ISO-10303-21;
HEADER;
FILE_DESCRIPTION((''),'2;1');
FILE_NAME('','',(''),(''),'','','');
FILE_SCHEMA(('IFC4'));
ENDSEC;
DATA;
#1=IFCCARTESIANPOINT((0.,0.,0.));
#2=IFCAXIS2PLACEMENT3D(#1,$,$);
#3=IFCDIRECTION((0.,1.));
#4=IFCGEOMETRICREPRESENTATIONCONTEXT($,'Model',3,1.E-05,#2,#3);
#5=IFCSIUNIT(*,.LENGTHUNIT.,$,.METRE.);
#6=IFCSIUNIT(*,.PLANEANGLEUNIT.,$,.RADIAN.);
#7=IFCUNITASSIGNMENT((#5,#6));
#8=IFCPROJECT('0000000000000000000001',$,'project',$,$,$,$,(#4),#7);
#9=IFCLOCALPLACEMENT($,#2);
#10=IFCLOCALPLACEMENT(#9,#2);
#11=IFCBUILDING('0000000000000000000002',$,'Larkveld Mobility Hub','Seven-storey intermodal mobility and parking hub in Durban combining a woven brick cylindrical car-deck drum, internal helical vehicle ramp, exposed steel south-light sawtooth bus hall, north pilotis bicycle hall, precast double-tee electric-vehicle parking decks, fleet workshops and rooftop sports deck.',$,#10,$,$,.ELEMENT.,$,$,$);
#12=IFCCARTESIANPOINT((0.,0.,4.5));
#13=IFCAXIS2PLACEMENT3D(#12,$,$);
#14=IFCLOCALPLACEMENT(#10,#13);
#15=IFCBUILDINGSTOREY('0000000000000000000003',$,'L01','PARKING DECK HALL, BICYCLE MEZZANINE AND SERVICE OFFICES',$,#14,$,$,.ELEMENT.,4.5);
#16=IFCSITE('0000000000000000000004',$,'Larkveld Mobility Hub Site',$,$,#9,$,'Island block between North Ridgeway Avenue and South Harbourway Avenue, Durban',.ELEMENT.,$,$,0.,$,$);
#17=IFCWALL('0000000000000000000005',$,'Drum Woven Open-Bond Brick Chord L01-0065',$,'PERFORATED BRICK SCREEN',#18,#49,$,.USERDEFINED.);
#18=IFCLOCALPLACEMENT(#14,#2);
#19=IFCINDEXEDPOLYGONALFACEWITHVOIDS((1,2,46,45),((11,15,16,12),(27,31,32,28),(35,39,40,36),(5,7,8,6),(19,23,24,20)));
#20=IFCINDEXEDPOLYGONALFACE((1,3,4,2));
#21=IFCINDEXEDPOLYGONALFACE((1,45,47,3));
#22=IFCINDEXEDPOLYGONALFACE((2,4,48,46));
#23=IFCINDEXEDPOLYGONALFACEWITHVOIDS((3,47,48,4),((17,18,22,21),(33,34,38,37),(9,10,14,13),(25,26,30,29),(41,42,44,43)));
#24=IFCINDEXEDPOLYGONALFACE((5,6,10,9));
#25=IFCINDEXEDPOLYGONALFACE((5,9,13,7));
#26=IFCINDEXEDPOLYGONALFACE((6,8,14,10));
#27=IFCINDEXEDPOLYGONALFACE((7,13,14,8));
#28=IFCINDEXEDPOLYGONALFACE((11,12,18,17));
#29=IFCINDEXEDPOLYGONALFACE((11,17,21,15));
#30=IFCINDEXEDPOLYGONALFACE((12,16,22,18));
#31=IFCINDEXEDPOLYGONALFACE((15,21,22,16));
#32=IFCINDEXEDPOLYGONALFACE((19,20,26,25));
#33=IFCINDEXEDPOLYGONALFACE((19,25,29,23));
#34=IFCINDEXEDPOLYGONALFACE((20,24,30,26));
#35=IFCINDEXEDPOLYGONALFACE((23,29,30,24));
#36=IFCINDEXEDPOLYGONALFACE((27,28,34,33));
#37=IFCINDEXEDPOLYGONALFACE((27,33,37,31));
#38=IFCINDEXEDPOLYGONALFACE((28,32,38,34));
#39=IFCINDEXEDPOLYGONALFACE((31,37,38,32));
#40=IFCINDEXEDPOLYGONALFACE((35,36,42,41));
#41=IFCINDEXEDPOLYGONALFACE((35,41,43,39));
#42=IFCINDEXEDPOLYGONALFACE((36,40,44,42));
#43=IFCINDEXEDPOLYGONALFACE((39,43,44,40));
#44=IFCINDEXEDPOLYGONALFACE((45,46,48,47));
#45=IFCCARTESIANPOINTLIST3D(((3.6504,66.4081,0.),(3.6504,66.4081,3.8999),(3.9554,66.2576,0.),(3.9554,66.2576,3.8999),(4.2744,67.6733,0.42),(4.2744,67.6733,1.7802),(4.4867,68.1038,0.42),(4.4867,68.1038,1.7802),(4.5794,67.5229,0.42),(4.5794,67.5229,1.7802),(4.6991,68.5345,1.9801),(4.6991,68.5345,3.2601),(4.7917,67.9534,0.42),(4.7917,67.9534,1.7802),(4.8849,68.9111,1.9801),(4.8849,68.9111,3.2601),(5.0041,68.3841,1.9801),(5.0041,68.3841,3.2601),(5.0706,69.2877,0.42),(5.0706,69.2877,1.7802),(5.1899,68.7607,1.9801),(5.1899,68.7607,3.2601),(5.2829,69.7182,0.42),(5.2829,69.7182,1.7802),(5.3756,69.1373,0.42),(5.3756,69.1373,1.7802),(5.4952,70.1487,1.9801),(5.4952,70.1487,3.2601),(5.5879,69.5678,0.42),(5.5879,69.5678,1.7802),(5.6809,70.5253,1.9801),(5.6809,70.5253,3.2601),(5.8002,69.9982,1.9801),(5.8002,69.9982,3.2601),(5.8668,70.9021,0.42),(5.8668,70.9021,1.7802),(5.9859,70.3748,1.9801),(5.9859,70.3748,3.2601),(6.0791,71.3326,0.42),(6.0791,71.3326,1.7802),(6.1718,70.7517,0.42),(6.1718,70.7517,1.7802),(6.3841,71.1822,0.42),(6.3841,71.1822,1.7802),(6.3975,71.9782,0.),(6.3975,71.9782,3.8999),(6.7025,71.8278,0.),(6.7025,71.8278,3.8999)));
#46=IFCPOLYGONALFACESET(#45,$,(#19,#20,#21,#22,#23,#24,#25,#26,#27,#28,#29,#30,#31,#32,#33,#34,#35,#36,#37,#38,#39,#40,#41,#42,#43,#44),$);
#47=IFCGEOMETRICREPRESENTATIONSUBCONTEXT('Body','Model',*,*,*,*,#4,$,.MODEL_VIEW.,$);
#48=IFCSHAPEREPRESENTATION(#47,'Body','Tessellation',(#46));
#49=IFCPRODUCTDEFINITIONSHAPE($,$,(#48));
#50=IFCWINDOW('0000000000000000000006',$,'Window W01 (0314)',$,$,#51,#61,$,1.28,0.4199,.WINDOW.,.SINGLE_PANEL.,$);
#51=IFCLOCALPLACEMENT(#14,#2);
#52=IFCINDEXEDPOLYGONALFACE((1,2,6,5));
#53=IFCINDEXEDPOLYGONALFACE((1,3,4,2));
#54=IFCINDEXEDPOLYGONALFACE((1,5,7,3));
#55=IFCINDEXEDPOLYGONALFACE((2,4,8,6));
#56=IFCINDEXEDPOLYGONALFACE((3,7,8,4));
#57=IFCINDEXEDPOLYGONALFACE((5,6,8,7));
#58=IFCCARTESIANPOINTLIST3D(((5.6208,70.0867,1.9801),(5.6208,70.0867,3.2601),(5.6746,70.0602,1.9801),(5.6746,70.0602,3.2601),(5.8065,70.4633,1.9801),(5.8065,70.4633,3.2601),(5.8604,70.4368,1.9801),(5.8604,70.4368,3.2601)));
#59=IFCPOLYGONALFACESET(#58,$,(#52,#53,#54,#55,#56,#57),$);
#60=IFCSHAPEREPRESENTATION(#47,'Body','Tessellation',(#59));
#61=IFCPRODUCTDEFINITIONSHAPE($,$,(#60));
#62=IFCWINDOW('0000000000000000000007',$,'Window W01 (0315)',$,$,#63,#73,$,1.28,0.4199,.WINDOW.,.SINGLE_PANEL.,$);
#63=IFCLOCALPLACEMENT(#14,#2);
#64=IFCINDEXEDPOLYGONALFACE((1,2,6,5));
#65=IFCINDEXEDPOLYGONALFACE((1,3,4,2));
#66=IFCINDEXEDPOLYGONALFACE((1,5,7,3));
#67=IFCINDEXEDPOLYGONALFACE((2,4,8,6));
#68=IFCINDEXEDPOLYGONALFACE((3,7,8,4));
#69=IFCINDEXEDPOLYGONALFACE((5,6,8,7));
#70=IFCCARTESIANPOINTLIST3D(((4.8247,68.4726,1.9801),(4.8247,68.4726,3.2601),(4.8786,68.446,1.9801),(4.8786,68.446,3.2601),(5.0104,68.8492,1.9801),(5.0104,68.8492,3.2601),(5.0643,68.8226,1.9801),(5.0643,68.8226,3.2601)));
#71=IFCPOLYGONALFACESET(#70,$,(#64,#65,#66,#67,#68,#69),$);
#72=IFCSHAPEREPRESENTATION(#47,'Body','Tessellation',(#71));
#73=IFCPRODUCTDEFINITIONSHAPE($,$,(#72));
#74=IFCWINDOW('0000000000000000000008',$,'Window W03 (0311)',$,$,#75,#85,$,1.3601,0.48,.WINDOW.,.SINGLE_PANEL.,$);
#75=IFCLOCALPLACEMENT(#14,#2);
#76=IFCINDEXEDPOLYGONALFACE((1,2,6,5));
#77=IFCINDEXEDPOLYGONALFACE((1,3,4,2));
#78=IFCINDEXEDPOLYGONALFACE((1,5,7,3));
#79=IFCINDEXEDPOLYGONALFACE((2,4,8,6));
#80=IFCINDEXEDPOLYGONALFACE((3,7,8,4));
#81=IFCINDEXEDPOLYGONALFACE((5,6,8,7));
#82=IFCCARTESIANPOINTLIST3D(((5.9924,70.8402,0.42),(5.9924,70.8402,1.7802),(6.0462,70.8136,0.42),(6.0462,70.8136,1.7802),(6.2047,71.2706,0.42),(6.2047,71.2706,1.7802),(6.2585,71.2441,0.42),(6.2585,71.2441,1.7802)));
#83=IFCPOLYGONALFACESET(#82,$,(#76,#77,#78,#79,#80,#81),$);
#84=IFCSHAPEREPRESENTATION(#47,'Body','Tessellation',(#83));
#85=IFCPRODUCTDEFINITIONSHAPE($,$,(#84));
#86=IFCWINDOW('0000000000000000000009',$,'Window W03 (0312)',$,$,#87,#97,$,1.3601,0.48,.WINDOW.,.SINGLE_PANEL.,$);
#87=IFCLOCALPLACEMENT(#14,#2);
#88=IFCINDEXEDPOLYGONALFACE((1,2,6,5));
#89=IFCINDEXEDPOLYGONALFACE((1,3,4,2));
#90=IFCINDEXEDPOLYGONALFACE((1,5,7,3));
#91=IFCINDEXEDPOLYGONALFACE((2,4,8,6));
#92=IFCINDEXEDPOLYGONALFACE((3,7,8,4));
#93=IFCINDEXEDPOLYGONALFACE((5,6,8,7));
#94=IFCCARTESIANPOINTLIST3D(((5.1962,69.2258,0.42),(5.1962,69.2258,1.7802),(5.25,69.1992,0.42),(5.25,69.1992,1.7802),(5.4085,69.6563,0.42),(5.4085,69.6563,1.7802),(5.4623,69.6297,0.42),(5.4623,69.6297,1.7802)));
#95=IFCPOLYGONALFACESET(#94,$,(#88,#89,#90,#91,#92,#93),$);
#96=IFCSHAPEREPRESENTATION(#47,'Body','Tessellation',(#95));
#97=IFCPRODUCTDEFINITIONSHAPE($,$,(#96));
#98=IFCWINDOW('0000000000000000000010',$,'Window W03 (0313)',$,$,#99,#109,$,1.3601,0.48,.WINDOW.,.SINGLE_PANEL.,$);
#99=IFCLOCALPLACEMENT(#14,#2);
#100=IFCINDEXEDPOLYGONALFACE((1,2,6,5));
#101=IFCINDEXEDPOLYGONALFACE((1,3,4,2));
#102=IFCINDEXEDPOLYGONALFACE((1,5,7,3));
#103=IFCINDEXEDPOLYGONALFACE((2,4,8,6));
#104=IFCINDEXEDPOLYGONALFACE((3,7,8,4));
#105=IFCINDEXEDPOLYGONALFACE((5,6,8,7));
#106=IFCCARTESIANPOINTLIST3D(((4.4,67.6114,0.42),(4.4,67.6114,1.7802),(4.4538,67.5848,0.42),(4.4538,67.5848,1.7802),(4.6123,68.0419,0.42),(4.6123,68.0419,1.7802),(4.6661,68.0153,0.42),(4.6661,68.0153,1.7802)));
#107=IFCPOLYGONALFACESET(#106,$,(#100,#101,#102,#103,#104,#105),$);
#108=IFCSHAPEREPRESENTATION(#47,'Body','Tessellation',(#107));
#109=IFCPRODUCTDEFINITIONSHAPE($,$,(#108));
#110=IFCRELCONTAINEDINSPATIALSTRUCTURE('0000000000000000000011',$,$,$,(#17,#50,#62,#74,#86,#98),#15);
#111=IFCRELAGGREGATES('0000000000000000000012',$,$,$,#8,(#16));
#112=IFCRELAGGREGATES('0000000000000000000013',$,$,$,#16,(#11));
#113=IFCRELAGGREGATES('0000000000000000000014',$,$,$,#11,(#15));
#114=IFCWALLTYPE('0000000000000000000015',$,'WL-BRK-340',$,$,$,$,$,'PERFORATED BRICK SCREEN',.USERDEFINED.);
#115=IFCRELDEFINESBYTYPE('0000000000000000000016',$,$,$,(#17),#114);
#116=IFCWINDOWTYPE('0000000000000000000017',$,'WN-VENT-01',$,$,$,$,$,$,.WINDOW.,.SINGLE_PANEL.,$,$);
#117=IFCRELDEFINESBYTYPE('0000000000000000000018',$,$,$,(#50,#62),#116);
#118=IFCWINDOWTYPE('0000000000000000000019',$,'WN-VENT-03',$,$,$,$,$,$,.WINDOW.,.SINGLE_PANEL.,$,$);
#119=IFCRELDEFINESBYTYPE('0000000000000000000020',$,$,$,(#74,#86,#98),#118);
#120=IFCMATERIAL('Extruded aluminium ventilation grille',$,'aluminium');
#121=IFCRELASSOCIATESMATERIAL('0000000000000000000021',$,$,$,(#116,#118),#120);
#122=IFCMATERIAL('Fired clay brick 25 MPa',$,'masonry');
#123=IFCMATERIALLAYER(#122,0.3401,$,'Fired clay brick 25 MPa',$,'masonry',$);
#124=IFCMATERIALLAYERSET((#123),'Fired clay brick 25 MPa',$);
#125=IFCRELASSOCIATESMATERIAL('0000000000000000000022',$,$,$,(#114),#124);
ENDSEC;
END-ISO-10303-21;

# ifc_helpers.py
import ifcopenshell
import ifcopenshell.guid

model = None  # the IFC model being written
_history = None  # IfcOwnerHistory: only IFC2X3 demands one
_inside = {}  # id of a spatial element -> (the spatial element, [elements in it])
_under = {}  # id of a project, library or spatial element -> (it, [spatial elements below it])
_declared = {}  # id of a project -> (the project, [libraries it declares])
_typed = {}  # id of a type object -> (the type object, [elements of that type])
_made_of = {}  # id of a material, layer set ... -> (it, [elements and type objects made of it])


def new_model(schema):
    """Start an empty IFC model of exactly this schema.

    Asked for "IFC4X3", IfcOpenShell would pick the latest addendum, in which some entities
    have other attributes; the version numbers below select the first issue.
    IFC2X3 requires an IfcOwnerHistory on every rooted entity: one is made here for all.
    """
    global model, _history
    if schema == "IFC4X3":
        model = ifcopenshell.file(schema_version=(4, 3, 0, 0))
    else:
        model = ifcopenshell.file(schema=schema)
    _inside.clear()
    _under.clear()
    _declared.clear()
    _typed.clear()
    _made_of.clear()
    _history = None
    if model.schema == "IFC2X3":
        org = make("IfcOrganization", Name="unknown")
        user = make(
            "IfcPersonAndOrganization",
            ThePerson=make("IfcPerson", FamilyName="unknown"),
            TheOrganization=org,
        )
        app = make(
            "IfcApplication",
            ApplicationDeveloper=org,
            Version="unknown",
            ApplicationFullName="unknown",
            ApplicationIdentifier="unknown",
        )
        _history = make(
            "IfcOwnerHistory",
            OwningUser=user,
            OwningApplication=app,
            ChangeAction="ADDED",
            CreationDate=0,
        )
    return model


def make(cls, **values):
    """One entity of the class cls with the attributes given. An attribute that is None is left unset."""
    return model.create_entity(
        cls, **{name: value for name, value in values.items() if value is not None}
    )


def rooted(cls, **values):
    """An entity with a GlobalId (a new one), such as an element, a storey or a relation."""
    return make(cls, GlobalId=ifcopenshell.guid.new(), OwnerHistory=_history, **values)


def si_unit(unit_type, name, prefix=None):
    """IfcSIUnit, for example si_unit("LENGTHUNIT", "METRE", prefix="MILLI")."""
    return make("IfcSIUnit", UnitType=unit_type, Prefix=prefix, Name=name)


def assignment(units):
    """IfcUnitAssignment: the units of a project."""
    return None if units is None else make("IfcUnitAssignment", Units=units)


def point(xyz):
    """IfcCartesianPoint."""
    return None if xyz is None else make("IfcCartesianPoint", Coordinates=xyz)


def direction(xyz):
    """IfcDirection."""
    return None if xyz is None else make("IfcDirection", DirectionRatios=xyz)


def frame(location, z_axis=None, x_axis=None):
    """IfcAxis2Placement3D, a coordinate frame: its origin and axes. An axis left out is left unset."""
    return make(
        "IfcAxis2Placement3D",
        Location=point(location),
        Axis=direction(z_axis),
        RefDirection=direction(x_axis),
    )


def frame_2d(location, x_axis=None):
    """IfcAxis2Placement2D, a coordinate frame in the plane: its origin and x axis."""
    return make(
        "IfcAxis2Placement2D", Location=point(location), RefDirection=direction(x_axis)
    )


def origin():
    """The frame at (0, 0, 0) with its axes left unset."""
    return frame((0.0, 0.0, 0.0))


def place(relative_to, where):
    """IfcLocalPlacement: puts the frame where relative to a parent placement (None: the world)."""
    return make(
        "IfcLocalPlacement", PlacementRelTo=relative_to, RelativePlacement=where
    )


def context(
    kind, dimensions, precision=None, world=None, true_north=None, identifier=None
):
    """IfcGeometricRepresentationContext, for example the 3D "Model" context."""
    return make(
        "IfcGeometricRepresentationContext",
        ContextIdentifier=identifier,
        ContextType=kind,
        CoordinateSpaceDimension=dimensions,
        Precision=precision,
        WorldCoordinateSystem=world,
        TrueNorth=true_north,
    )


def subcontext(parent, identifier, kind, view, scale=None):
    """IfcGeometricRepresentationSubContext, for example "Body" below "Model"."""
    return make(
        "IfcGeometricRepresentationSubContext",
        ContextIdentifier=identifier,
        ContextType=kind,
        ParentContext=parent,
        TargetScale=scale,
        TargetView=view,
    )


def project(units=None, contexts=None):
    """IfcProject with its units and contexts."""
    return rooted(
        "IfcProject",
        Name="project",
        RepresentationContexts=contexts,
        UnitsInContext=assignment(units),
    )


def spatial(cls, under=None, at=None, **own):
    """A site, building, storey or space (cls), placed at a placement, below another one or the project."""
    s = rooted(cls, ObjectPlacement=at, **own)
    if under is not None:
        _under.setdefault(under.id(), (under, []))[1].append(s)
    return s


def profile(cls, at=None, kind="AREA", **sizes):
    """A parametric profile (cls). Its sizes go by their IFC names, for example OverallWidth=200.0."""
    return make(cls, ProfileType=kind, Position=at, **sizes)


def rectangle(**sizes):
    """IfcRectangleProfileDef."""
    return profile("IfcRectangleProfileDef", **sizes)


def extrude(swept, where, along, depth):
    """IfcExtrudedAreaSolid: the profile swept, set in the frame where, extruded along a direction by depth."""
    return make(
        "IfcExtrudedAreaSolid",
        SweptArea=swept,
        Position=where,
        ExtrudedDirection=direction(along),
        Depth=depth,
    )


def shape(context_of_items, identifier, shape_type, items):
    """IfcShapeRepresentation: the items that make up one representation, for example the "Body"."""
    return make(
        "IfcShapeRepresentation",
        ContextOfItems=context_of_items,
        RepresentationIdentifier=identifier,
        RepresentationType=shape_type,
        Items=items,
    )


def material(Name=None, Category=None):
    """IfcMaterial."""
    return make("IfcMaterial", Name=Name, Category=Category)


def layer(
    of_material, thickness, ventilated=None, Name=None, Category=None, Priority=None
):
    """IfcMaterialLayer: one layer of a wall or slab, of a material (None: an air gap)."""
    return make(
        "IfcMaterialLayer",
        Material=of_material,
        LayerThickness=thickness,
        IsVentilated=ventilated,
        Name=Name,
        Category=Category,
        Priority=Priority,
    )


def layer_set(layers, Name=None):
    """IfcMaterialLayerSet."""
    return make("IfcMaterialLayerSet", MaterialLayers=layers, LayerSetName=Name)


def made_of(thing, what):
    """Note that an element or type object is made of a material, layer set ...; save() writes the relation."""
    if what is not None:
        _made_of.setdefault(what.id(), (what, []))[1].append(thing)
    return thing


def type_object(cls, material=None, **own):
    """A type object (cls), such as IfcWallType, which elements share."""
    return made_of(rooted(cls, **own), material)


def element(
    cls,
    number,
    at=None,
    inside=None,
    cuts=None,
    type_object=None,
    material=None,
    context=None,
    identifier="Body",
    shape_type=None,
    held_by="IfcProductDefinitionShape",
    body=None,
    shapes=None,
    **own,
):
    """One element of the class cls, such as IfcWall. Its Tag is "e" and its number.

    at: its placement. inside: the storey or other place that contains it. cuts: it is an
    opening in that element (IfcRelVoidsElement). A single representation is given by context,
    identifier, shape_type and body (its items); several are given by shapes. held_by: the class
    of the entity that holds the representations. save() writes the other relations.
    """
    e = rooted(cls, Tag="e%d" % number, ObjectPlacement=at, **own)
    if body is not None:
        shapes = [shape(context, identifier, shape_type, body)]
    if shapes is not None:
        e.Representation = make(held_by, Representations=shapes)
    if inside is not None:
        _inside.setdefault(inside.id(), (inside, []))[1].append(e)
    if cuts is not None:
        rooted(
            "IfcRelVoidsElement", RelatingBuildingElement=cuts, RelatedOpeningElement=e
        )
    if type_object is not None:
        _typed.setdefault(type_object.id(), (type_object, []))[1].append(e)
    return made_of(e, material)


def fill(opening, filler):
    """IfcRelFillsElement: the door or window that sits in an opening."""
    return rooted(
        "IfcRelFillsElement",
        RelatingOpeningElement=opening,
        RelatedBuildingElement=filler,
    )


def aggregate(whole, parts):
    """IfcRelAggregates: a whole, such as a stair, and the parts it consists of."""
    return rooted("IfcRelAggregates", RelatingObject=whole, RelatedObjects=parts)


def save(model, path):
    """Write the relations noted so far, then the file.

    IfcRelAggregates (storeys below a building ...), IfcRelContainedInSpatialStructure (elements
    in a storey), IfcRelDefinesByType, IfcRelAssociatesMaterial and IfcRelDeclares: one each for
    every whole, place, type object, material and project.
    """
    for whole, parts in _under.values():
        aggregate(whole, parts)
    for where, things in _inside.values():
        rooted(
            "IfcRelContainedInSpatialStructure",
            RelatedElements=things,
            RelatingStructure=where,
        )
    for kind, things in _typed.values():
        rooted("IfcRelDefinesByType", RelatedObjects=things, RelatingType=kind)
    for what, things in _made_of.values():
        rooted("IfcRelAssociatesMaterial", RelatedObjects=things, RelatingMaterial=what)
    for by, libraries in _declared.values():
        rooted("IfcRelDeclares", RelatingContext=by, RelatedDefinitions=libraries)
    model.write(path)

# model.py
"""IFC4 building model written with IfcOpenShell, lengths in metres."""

from ifc_helpers import new_model, si_unit, direction, frame, frame_2d, origin, place, context, subcontext, project, spatial, rectangle, extrude, material, layer, layer_set, type_object, element, fill, save


model = new_model("IFC4")

# Units and contexts
model_context = context("Model", 3, precision=1e-05, world=origin(), true_north=direction((0.0, 1.0)))
body_context = subcontext(model_context, "Body", "Model", "MODEL_VIEW")
ifc_project = project(units=[si_unit("LENGTHUNIT", "METRE"), si_unit("PLANEANGLEUNIT", "RADIAN")], contexts=[model_context])

# Site, building, storey
site_placement = place(None, origin())
site = spatial("IfcSite", under=ifc_project, at=site_placement, Name="Larkveld Mobility Hub Site", LongName="Island block between North Ridgeway Avenue and South Harbourway Avenue, Durban", CompositionType="ELEMENT", RefElevation=0.0)
building_placement = place(site_placement, origin())
building = spatial("IfcBuilding", under=site, at=building_placement, Name="Larkveld Mobility Hub", Description="Seven-storey intermodal mobility and parking hub in Durban combining a woven brick cylindrical car-deck drum, internal helical vehicle ramp, exposed steel south-light sawtooth bus hall, north pilotis bicycle hall, precast double-tee electric-vehicle parking decks, fleet workshops and rooftop sports deck.", CompositionType="ELEMENT")
storey_placement = place(building_placement, frame((0.0, 0.0, 4.5)))
storey = spatial("IfcBuildingStorey", under=building, at=storey_placement, Name="L01", Description="PARKING DECK HALL, BICYCLE MEZZANINE AND SERVICE OFFICES", CompositionType="ELEMENT", Elevation=4.5)

# Wall, openings, windows
ifc_material_1 = material(Name="Fired clay brick 25 MPa", Category="masonry")
ifc_material_2 = material(Name="Extruded aluminium ventilation grille", Category="aluminium")
window_type_1 = type_object("IfcWindowType", Name="WN-VENT-01", PartitioningType="SINGLE_PANEL", PredefinedType="WINDOW", material=ifc_material_2)
window_type_2 = type_object("IfcWindowType", Name="WN-VENT-03", PartitioningType="SINGLE_PANEL", PredefinedType="WINDOW", material=ifc_material_2)
ifc_layer_1 = layer(ifc_material_1, 0.3401, Name="Fired clay brick 25 MPa", Category="masonry")
ifc_layer_set_1 = layer_set([ifc_layer_1], Name="Fired clay brick 25 MPa")
wall_type_1 = type_object("IfcWallType", Name="WL-BRK-340", ElementType="PERFORATED BRICK SCREEN", PredefinedType="USERDEFINED", material=ifc_layer_set_1)
wall_1_placement = place(storey_placement, frame((6.55, 71.9031, 0.0), z_axis=(0.0, 0.0, 1.0), x_axis=(-0.442317, -0.896859, 0.0)))
wall_1 = element("IfcWall", 1, at=wall_1_placement, inside=storey, type_object=wall_type_1, Name="Drum Woven Open-Bond Brick Chord L01-0065", ObjectType="PERFORATED BRICK SCREEN", PredefinedType="USERDEFINED", context=body_context, shape_type="SweptSolid", body=[
    extrude(rectangle(XDim=6.2107, YDim=0.3401, at=frame_2d((3.1055, 0.0))), origin(), (0.0, 0.0, 1.0), 3.8999),
])
opening_1_placement = place(wall_1_placement, frame((0.72, 0.0, 0.4199)))
opening_1 = element("IfcOpeningElement", 2, at=opening_1_placement, cuts=wall_1, PredefinedType="OPENING", context=body_context, shape_type="SweptSolid", body=[
    extrude(rectangle(XDim=0.48, YDim=1.3601, at=frame_2d((0.24, 0.6802))), frame((0.0, 0.1802, 0.0), z_axis=(0.0, -1.0, 0.0), x_axis=(1.0, 0.0, 0.0)), (0.0, 0.0, 1.0), 0.3601),
])
opening_2_placement = place(wall_1_placement, frame((2.52, 0.0, 0.4199)))
opening_2 = element("IfcOpeningElement", 3, at=opening_2_placement, cuts=wall_1, PredefinedType="OPENING", context=body_context, shape_type="SweptSolid", body=[
    extrude(rectangle(XDim=0.48, YDim=1.3601, at=frame_2d((0.24, 0.6802))), frame((0.0, 0.1802, 0.0), z_axis=(0.0, -1.0, 0.0), x_axis=(1.0, 0.0, 0.0)), (0.0, 0.0, 1.0), 0.3601),
])
opening_3_placement = place(wall_1_placement, frame((4.3201, 0.0, 0.4199)))
opening_3 = element("IfcOpeningElement", 4, at=opening_3_placement, cuts=wall_1, PredefinedType="OPENING", context=body_context, shape_type="SweptSolid", body=[
    extrude(rectangle(XDim=0.48, YDim=1.3601, at=frame_2d((0.24, 0.6802))), frame((0.0, 0.1802, 0.0), z_axis=(0.0, -1.0, 0.0), x_axis=(1.0, 0.0, 0.0)), (0.0, 0.0, 1.0), 0.3601),
])
opening_4_placement = place(wall_1_placement, frame((1.6201, 0.0, 1.98)))
opening_4 = element("IfcOpeningElement", 5, at=opening_4_placement, cuts=wall_1, PredefinedType="OPENING", context=body_context, shape_type="SweptSolid", body=[
    extrude(rectangle(XDim=0.4199, YDim=1.28, at=frame_2d((0.21, 0.6401))), frame((0.0, 0.1802, 0.0), z_axis=(0.0, -1.0, 0.0), x_axis=(1.0, 0.0, 0.0)), (0.0, 0.0, 1.0), 0.3601),
])
opening_5_placement = place(wall_1_placement, frame((3.4199, 0.0, 1.98)))
opening_5 = element("IfcOpeningElement", 6, at=opening_5_placement, cuts=wall_1, PredefinedType="OPENING", context=body_context, shape_type="SweptSolid", body=[
    extrude(rectangle(XDim=0.4199, YDim=1.28, at=frame_2d((0.21, 0.6401))), frame((0.0, 0.1802, 0.0), z_axis=(0.0, -1.0, 0.0), x_axis=(1.0, 0.0, 0.0)), (0.0, 0.0, 1.0), 0.3601),
])
window_1_placement = place(opening_4_placement, origin())
window_1 = element("IfcWindow", 7, at=window_1_placement, inside=storey, type_object=window_type_1, Name="Window W01 (0314)", OverallHeight=1.28, OverallWidth=0.4199, PartitioningType="SINGLE_PANEL", PredefinedType="WINDOW", context=body_context, shape_type="SweptSolid", body=[
    extrude(rectangle(XDim=0.4199, YDim=1.28, at=frame_2d((0.21, 0.6401))), frame((0.0, 0.03, 0.0), z_axis=(0.0, -1.0, 0.0), x_axis=(1.0, 0.0, 0.0)), (0.0, 0.0, 1.0), 0.0601),
])
fill(opening_4, window_1)
window_2_placement = place(opening_5_placement, origin())
window_2 = element("IfcWindow", 8, at=window_2_placement, inside=storey, type_object=window_type_1, Name="Window W01 (0315)", OverallHeight=1.28, OverallWidth=0.4199, PartitioningType="SINGLE_PANEL", PredefinedType="WINDOW", context=body_context, shape_type="SweptSolid", body=[
    extrude(rectangle(XDim=0.4199, YDim=1.28, at=frame_2d((0.21, 0.6401))), frame((0.0, 0.03, 0.0), z_axis=(0.0, -1.0, 0.0), x_axis=(1.0, 0.0, 0.0)), (0.0, 0.0, 1.0), 0.0601),
])
fill(opening_5, window_2)
window_3_placement = place(opening_1_placement, origin())
window_3 = element("IfcWindow", 9, at=window_3_placement, inside=storey, type_object=window_type_2, Name="Window W03 (0311)", OverallHeight=1.3601, OverallWidth=0.48, PartitioningType="SINGLE_PANEL", PredefinedType="WINDOW", context=body_context, shape_type="SweptSolid", body=[
    extrude(rectangle(XDim=0.48, YDim=1.3601, at=frame_2d((0.24, 0.6802))), frame((0.0, 0.03, 0.0), z_axis=(0.0, -1.0, 0.0), x_axis=(1.0, 0.0, 0.0)), (0.0, 0.0, 1.0), 0.0601),
])
fill(opening_1, window_3)
window_4_placement = place(opening_2_placement, origin())
window_4 = element("IfcWindow", 10, at=window_4_placement, inside=storey, type_object=window_type_2, Name="Window W03 (0312)", OverallHeight=1.3601, OverallWidth=0.48, PartitioningType="SINGLE_PANEL", PredefinedType="WINDOW", context=body_context, shape_type="SweptSolid", body=[
    extrude(rectangle(XDim=0.48, YDim=1.3601, at=frame_2d((0.24, 0.6802))), frame((0.0, 0.03, 0.0), z_axis=(0.0, -1.0, 0.0), x_axis=(1.0, 0.0, 0.0)), (0.0, 0.0, 1.0), 0.0601),
])
fill(opening_2, window_4)
window_5_placement = place(opening_3_placement, origin())
window_5 = element("IfcWindow", 11, at=window_5_placement, inside=storey, type_object=window_type_2, Name="Window W03 (0313)", OverallHeight=1.3601, OverallWidth=0.48, PartitioningType="SINGLE_PANEL", PredefinedType="WINDOW", context=body_context, shape_type="SweptSolid", body=[
    extrude(rectangle(XDim=0.48, YDim=1.3601, at=frame_2d((0.24, 0.6802))), frame((0.0, 0.03, 0.0), z_axis=(0.0, -1.0, 0.0), x_axis=(1.0, 0.0, 0.0)), (0.0, 0.0, 1.0), 0.0601),
])
fill(opening_3, window_5)

save(model, "model.ifc")
